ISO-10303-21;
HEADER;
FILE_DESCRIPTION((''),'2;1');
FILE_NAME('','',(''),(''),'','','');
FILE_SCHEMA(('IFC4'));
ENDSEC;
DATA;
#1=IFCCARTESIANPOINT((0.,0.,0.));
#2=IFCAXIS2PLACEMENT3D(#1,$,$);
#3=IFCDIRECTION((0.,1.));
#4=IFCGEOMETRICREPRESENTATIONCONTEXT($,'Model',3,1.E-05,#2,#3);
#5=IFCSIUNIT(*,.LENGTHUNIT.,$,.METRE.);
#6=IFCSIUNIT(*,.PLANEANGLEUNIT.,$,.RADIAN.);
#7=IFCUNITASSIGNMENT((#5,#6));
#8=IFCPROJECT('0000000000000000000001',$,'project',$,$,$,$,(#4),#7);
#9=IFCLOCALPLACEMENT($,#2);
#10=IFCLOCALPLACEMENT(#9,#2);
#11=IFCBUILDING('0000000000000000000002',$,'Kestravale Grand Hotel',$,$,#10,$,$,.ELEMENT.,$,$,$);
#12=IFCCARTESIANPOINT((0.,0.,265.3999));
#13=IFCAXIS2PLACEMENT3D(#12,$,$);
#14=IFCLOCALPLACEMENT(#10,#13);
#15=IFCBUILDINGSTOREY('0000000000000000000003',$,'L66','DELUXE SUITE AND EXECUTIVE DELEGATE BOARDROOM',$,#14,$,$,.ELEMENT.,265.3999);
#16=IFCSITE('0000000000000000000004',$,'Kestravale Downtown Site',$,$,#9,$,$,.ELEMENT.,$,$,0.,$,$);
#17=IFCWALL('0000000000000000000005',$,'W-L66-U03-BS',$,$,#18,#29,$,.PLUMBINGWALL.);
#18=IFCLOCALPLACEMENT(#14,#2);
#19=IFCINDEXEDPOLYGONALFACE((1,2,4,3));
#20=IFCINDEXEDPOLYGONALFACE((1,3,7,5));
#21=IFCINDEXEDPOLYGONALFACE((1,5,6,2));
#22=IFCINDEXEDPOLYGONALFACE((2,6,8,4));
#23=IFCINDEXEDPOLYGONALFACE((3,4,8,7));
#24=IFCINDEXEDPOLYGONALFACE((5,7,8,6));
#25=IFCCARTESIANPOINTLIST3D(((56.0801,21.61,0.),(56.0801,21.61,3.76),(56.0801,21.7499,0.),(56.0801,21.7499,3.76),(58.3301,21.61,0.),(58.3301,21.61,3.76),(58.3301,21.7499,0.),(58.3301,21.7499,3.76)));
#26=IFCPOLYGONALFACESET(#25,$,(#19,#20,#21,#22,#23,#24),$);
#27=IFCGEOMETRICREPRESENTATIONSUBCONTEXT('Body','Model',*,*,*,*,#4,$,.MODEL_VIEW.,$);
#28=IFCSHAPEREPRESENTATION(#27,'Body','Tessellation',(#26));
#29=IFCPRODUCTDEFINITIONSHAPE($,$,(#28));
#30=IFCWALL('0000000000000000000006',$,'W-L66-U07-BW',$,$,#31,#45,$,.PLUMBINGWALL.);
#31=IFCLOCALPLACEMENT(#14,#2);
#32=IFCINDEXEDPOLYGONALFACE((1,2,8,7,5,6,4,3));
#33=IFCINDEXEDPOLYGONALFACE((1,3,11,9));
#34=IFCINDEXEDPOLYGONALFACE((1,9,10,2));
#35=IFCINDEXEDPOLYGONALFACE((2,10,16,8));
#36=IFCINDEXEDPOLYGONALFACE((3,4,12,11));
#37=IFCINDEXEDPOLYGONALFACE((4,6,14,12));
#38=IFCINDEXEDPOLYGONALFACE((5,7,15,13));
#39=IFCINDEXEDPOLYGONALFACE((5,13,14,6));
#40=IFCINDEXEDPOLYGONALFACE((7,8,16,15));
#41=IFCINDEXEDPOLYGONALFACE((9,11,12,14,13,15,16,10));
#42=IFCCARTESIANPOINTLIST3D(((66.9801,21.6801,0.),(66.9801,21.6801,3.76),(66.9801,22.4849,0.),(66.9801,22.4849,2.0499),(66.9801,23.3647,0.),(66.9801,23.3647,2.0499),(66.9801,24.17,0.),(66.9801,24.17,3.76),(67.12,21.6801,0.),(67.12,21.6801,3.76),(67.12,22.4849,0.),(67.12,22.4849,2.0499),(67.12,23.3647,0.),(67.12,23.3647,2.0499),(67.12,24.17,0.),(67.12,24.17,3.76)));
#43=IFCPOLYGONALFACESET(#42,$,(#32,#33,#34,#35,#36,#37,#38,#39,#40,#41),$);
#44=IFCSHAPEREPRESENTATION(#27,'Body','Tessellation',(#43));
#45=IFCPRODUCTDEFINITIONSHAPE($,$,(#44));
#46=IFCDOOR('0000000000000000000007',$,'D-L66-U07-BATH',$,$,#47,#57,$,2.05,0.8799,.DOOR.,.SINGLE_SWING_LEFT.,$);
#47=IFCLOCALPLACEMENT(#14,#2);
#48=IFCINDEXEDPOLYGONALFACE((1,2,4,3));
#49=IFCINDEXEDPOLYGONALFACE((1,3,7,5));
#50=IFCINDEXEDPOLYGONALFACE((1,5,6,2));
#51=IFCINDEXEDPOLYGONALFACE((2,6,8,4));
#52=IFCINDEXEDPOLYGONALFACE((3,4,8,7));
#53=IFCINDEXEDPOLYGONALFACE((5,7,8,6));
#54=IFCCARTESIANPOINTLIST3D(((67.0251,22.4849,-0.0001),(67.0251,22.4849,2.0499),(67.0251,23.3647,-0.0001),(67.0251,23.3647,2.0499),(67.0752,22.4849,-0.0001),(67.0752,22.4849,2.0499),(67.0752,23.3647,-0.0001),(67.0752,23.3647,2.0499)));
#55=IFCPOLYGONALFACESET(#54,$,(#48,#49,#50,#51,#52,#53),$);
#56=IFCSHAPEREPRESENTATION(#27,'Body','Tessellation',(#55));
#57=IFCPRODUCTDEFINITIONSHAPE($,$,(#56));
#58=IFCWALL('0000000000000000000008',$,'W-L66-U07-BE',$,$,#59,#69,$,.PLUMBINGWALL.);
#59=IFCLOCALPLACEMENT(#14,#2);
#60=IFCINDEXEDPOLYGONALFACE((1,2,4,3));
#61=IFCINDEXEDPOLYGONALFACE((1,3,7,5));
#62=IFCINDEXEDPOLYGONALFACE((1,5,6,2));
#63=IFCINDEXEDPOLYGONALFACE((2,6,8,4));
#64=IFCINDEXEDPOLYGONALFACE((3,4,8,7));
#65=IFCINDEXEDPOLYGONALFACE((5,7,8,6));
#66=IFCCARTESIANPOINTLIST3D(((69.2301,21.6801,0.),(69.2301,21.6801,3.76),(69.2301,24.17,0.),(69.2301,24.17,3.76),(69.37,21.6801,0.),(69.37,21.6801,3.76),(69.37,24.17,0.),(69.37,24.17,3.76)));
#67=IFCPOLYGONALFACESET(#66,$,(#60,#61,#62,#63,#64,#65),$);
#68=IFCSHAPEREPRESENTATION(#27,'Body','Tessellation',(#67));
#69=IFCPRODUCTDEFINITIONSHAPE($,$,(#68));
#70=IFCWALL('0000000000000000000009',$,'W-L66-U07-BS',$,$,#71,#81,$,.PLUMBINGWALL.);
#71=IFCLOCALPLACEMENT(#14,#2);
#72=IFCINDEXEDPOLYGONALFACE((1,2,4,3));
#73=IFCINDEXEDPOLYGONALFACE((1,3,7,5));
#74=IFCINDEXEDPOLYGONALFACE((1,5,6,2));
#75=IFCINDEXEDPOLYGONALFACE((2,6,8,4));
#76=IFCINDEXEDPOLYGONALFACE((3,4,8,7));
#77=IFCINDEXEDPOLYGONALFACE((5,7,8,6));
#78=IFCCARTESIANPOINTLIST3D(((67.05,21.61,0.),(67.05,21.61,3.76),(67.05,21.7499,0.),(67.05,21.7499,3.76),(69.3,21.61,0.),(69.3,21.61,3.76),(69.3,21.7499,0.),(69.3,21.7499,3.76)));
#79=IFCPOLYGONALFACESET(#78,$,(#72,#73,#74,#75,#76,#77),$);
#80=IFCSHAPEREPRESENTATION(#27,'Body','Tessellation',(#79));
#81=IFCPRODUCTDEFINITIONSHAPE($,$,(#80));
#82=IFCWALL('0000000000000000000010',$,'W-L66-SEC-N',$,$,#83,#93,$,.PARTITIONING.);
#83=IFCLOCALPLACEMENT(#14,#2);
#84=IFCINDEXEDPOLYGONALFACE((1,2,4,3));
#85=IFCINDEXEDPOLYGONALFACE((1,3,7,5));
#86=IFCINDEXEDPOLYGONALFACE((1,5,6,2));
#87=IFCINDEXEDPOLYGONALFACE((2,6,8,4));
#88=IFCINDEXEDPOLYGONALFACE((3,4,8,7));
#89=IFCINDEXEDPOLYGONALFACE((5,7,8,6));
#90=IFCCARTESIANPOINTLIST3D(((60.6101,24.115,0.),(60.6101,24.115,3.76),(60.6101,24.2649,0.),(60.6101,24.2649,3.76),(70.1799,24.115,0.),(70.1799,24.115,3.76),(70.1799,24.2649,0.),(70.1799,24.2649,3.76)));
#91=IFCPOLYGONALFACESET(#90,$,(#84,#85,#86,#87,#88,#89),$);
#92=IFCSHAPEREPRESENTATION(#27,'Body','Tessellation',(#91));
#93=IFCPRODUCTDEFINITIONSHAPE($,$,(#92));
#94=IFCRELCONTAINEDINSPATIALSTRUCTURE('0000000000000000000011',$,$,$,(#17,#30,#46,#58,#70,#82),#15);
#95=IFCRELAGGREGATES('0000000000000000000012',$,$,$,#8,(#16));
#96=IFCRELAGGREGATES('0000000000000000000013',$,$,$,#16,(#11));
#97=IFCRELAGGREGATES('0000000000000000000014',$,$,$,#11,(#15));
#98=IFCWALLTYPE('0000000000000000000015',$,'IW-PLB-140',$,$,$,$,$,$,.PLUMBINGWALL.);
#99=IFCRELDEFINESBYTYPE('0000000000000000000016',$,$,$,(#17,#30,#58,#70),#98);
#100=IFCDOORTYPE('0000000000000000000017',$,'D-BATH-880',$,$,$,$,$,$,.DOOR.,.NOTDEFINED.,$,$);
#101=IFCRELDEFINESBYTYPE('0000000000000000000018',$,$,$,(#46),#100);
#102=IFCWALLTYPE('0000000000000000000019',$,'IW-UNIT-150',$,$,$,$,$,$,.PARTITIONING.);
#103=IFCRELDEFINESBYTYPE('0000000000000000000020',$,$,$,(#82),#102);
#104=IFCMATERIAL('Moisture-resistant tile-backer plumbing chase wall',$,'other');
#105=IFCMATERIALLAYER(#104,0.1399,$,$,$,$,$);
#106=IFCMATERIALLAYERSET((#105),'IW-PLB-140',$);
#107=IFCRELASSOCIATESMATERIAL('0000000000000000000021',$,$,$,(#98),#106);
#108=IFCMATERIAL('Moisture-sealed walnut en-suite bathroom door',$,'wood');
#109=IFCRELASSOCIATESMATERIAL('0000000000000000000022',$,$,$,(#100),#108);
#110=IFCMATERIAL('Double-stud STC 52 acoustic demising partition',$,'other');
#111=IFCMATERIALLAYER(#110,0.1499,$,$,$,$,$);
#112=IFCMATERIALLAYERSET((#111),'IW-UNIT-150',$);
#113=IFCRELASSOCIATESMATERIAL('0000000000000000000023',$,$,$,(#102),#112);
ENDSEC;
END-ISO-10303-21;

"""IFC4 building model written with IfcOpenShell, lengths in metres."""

from ifc_helpers import new_model, si_unit, direction, frame, frame_2d, origin, place, context, subcontext, project, spatial, rectangle, extrude, material, layer, layer_set, type_object, element, fill, save


model = new_model("IFC4")

# Units and contexts
model_context = context("Model", 3, precision=1e-05, world=origin(), true_north=direction((0.0, 1.0)))
body_context = subcontext(model_context, "Body", "Model", "MODEL_VIEW")
ifc_project = project(units=[si_unit("LENGTHUNIT", "METRE"), si_unit("PLANEANGLEUNIT", "RADIAN")], contexts=[model_context])

# Site, building, storey
site_placement = place(None, origin())
site = spatial("IfcSite", under=ifc_project, at=site_placement, Name="Kestravale Downtown Site", CompositionType="ELEMENT", RefElevation=0.0)
building_placement = place(site_placement, origin())
building = spatial("IfcBuilding", under=site, at=building_placement, Name="Kestravale Grand Hotel", CompositionType="ELEMENT")
storey_placement = place(building_placement, frame((0.0, 0.0, 265.3999)))
storey = spatial("IfcBuildingStorey", under=building, at=storey_placement, Name="L66", Description="DELUXE SUITE AND EXECUTIVE DELEGATE BOARDROOM", CompositionType="ELEMENT", Elevation=265.3999)

# Shared definitions
ifc_material_1 = material(Name="Moisture-resistant tile-backer plumbing chase wall", Category="other")
ifc_layer_1 = layer(ifc_material_1, 0.1399)
ifc_layer_set_1 = layer_set([ifc_layer_1], Name="IW-PLB-140")
wall_type_1 = type_object("IfcWallType", Name="IW-PLB-140", PredefinedType="PLUMBINGWALL", material=ifc_layer_set_1)
ifc_material_2 = material(Name="Moisture-sealed walnut en-suite bathroom door", Category="wood")
door_type_1 = type_object("IfcDoorType", Name="D-BATH-880", OperationType="NOTDEFINED", PredefinedType="DOOR", material=ifc_material_2)

# Wall
wall_1_placement = place(storey_placement, frame((56.0801, 21.6799, 0.0), z_axis=(0.0, 0.0, 1.0), x_axis=(1.0, 0.0, 0.0)))
element("IfcWall", 1, at=wall_1_placement, inside=storey, type_object=wall_type_1, Name="W-L66-U03-BS", PredefinedType="PLUMBINGWALL", context=body_context, shape_type="SweptSolid", body=[
    extrude(rectangle(XDim=2.25, YDim=0.1399, at=frame_2d((1.125, 0.0))), origin(), (0.0, 0.0, 1.0), 3.76),
])

# Wall, opening, door
wall_2_placement = place(storey_placement, frame((67.05, 21.6799, 0.0), z_axis=(0.0, 0.0, 1.0), x_axis=(0.0, 1.0, 0.0)))
wall_2 = element("IfcWall", 2, at=wall_2_placement, inside=storey, type_object=wall_type_1, Name="W-L66-U07-BW", PredefinedType="PLUMBINGWALL", context=body_context, shape_type="SweptSolid", body=[
    extrude(rectangle(XDim=2.49, YDim=0.1399, at=frame_2d((1.2451, 0.0))), origin(), (0.0, 0.0, 1.0), 3.76),
])
opening_1_placement = place(wall_2_placement, frame((0.8049, 0.0, 0.0)))
opening_1 = element("IfcOpeningElement", 3, at=opening_1_placement, cuts=wall_2, PredefinedType="OPENING", context=body_context, shape_type="SweptSolid", body=[
    extrude(rectangle(XDim=0.8799, YDim=2.05, at=frame_2d((0.4399, 1.0249))), frame((0.0, 0.0798, 0.0), z_axis=(0.0, -1.0, 0.0), x_axis=(1.0, 0.0, 0.0)), (0.0, 0.0, 1.0), 0.1599),
])
door_1_placement = place(opening_1_placement, origin())
door_1 = element("IfcDoor", 4, at=door_1_placement, inside=storey, type_object=door_type_1, Name="D-L66-U07-BATH", OperationType="SINGLE_SWING_LEFT", OverallHeight=2.05, OverallWidth=0.8799, PredefinedType="DOOR", context=body_context, shape_type="SweptSolid", body=[
    extrude(rectangle(XDim=0.8799, YDim=2.05, at=frame_2d((0.4399, 1.0249))), frame((0.0, 0.0249, 0.0), z_axis=(0.0, -1.0, 0.0), x_axis=(1.0, 0.0, 0.0)), (0.0, 0.0, 1.0), 0.05),
])
fill(opening_1, door_1)

# Walls
wall_3_placement = place(storey_placement, frame((69.3, 21.6799, 0.0), z_axis=(0.0, 0.0, 1.0), x_axis=(0.0, 1.0, 0.0)))
element("IfcWall", 5, at=wall_3_placement, inside=storey, type_object=wall_type_1, Name="W-L66-U07-BE", PredefinedType="PLUMBINGWALL", context=body_context, shape_type="SweptSolid", body=[
    extrude(rectangle(XDim=2.49, YDim=0.1399, at=frame_2d((1.2451, 0.0))), origin(), (0.0, 0.0, 1.0), 3.76),
])
wall_4_placement = place(storey_placement, frame((67.05, 21.6799, 0.0), z_axis=(0.0, 0.0, 1.0), x_axis=(1.0, 0.0, 0.0)))
element("IfcWall", 6, at=wall_4_placement, inside=storey, type_object=wall_type_1, Name="W-L66-U07-BS", PredefinedType="PLUMBINGWALL", context=body_context, shape_type="SweptSolid", body=[
    extrude(rectangle(XDim=2.25, YDim=0.1399, at=frame_2d((1.125, 0.0))), origin(), (0.0, 0.0, 1.0), 3.76),
])
ifc_material_3 = material(Name="Double-stud STC 52 acoustic demising partition", Category="other")
ifc_layer_2 = layer(ifc_material_3, 0.1499)
ifc_layer_set_2 = layer_set([ifc_layer_2], Name="IW-UNIT-150")
wall_type_2 = type_object("IfcWallType", Name="IW-UNIT-150", PredefinedType="PARTITIONING", material=ifc_layer_set_2)
wall_5_placement = place(storey_placement, frame((60.6101, 24.1899, 0.0), z_axis=(0.0, 0.0, 1.0), x_axis=(1.0, 0.0, 0.0)))
element("IfcWall", 7, at=wall_5_placement, inside=storey, type_object=wall_type_2, Name="W-L66-SEC-N", PredefinedType="PARTITIONING", context=body_context, shape_type="SweptSolid", body=[
    extrude(rectangle(XDim=9.5698, YDim=0.1499, at=frame_2d((4.7849, 0.0))), origin(), (0.0, 0.0, 1.0), 3.76),
])

save(model, "model.ifc")
